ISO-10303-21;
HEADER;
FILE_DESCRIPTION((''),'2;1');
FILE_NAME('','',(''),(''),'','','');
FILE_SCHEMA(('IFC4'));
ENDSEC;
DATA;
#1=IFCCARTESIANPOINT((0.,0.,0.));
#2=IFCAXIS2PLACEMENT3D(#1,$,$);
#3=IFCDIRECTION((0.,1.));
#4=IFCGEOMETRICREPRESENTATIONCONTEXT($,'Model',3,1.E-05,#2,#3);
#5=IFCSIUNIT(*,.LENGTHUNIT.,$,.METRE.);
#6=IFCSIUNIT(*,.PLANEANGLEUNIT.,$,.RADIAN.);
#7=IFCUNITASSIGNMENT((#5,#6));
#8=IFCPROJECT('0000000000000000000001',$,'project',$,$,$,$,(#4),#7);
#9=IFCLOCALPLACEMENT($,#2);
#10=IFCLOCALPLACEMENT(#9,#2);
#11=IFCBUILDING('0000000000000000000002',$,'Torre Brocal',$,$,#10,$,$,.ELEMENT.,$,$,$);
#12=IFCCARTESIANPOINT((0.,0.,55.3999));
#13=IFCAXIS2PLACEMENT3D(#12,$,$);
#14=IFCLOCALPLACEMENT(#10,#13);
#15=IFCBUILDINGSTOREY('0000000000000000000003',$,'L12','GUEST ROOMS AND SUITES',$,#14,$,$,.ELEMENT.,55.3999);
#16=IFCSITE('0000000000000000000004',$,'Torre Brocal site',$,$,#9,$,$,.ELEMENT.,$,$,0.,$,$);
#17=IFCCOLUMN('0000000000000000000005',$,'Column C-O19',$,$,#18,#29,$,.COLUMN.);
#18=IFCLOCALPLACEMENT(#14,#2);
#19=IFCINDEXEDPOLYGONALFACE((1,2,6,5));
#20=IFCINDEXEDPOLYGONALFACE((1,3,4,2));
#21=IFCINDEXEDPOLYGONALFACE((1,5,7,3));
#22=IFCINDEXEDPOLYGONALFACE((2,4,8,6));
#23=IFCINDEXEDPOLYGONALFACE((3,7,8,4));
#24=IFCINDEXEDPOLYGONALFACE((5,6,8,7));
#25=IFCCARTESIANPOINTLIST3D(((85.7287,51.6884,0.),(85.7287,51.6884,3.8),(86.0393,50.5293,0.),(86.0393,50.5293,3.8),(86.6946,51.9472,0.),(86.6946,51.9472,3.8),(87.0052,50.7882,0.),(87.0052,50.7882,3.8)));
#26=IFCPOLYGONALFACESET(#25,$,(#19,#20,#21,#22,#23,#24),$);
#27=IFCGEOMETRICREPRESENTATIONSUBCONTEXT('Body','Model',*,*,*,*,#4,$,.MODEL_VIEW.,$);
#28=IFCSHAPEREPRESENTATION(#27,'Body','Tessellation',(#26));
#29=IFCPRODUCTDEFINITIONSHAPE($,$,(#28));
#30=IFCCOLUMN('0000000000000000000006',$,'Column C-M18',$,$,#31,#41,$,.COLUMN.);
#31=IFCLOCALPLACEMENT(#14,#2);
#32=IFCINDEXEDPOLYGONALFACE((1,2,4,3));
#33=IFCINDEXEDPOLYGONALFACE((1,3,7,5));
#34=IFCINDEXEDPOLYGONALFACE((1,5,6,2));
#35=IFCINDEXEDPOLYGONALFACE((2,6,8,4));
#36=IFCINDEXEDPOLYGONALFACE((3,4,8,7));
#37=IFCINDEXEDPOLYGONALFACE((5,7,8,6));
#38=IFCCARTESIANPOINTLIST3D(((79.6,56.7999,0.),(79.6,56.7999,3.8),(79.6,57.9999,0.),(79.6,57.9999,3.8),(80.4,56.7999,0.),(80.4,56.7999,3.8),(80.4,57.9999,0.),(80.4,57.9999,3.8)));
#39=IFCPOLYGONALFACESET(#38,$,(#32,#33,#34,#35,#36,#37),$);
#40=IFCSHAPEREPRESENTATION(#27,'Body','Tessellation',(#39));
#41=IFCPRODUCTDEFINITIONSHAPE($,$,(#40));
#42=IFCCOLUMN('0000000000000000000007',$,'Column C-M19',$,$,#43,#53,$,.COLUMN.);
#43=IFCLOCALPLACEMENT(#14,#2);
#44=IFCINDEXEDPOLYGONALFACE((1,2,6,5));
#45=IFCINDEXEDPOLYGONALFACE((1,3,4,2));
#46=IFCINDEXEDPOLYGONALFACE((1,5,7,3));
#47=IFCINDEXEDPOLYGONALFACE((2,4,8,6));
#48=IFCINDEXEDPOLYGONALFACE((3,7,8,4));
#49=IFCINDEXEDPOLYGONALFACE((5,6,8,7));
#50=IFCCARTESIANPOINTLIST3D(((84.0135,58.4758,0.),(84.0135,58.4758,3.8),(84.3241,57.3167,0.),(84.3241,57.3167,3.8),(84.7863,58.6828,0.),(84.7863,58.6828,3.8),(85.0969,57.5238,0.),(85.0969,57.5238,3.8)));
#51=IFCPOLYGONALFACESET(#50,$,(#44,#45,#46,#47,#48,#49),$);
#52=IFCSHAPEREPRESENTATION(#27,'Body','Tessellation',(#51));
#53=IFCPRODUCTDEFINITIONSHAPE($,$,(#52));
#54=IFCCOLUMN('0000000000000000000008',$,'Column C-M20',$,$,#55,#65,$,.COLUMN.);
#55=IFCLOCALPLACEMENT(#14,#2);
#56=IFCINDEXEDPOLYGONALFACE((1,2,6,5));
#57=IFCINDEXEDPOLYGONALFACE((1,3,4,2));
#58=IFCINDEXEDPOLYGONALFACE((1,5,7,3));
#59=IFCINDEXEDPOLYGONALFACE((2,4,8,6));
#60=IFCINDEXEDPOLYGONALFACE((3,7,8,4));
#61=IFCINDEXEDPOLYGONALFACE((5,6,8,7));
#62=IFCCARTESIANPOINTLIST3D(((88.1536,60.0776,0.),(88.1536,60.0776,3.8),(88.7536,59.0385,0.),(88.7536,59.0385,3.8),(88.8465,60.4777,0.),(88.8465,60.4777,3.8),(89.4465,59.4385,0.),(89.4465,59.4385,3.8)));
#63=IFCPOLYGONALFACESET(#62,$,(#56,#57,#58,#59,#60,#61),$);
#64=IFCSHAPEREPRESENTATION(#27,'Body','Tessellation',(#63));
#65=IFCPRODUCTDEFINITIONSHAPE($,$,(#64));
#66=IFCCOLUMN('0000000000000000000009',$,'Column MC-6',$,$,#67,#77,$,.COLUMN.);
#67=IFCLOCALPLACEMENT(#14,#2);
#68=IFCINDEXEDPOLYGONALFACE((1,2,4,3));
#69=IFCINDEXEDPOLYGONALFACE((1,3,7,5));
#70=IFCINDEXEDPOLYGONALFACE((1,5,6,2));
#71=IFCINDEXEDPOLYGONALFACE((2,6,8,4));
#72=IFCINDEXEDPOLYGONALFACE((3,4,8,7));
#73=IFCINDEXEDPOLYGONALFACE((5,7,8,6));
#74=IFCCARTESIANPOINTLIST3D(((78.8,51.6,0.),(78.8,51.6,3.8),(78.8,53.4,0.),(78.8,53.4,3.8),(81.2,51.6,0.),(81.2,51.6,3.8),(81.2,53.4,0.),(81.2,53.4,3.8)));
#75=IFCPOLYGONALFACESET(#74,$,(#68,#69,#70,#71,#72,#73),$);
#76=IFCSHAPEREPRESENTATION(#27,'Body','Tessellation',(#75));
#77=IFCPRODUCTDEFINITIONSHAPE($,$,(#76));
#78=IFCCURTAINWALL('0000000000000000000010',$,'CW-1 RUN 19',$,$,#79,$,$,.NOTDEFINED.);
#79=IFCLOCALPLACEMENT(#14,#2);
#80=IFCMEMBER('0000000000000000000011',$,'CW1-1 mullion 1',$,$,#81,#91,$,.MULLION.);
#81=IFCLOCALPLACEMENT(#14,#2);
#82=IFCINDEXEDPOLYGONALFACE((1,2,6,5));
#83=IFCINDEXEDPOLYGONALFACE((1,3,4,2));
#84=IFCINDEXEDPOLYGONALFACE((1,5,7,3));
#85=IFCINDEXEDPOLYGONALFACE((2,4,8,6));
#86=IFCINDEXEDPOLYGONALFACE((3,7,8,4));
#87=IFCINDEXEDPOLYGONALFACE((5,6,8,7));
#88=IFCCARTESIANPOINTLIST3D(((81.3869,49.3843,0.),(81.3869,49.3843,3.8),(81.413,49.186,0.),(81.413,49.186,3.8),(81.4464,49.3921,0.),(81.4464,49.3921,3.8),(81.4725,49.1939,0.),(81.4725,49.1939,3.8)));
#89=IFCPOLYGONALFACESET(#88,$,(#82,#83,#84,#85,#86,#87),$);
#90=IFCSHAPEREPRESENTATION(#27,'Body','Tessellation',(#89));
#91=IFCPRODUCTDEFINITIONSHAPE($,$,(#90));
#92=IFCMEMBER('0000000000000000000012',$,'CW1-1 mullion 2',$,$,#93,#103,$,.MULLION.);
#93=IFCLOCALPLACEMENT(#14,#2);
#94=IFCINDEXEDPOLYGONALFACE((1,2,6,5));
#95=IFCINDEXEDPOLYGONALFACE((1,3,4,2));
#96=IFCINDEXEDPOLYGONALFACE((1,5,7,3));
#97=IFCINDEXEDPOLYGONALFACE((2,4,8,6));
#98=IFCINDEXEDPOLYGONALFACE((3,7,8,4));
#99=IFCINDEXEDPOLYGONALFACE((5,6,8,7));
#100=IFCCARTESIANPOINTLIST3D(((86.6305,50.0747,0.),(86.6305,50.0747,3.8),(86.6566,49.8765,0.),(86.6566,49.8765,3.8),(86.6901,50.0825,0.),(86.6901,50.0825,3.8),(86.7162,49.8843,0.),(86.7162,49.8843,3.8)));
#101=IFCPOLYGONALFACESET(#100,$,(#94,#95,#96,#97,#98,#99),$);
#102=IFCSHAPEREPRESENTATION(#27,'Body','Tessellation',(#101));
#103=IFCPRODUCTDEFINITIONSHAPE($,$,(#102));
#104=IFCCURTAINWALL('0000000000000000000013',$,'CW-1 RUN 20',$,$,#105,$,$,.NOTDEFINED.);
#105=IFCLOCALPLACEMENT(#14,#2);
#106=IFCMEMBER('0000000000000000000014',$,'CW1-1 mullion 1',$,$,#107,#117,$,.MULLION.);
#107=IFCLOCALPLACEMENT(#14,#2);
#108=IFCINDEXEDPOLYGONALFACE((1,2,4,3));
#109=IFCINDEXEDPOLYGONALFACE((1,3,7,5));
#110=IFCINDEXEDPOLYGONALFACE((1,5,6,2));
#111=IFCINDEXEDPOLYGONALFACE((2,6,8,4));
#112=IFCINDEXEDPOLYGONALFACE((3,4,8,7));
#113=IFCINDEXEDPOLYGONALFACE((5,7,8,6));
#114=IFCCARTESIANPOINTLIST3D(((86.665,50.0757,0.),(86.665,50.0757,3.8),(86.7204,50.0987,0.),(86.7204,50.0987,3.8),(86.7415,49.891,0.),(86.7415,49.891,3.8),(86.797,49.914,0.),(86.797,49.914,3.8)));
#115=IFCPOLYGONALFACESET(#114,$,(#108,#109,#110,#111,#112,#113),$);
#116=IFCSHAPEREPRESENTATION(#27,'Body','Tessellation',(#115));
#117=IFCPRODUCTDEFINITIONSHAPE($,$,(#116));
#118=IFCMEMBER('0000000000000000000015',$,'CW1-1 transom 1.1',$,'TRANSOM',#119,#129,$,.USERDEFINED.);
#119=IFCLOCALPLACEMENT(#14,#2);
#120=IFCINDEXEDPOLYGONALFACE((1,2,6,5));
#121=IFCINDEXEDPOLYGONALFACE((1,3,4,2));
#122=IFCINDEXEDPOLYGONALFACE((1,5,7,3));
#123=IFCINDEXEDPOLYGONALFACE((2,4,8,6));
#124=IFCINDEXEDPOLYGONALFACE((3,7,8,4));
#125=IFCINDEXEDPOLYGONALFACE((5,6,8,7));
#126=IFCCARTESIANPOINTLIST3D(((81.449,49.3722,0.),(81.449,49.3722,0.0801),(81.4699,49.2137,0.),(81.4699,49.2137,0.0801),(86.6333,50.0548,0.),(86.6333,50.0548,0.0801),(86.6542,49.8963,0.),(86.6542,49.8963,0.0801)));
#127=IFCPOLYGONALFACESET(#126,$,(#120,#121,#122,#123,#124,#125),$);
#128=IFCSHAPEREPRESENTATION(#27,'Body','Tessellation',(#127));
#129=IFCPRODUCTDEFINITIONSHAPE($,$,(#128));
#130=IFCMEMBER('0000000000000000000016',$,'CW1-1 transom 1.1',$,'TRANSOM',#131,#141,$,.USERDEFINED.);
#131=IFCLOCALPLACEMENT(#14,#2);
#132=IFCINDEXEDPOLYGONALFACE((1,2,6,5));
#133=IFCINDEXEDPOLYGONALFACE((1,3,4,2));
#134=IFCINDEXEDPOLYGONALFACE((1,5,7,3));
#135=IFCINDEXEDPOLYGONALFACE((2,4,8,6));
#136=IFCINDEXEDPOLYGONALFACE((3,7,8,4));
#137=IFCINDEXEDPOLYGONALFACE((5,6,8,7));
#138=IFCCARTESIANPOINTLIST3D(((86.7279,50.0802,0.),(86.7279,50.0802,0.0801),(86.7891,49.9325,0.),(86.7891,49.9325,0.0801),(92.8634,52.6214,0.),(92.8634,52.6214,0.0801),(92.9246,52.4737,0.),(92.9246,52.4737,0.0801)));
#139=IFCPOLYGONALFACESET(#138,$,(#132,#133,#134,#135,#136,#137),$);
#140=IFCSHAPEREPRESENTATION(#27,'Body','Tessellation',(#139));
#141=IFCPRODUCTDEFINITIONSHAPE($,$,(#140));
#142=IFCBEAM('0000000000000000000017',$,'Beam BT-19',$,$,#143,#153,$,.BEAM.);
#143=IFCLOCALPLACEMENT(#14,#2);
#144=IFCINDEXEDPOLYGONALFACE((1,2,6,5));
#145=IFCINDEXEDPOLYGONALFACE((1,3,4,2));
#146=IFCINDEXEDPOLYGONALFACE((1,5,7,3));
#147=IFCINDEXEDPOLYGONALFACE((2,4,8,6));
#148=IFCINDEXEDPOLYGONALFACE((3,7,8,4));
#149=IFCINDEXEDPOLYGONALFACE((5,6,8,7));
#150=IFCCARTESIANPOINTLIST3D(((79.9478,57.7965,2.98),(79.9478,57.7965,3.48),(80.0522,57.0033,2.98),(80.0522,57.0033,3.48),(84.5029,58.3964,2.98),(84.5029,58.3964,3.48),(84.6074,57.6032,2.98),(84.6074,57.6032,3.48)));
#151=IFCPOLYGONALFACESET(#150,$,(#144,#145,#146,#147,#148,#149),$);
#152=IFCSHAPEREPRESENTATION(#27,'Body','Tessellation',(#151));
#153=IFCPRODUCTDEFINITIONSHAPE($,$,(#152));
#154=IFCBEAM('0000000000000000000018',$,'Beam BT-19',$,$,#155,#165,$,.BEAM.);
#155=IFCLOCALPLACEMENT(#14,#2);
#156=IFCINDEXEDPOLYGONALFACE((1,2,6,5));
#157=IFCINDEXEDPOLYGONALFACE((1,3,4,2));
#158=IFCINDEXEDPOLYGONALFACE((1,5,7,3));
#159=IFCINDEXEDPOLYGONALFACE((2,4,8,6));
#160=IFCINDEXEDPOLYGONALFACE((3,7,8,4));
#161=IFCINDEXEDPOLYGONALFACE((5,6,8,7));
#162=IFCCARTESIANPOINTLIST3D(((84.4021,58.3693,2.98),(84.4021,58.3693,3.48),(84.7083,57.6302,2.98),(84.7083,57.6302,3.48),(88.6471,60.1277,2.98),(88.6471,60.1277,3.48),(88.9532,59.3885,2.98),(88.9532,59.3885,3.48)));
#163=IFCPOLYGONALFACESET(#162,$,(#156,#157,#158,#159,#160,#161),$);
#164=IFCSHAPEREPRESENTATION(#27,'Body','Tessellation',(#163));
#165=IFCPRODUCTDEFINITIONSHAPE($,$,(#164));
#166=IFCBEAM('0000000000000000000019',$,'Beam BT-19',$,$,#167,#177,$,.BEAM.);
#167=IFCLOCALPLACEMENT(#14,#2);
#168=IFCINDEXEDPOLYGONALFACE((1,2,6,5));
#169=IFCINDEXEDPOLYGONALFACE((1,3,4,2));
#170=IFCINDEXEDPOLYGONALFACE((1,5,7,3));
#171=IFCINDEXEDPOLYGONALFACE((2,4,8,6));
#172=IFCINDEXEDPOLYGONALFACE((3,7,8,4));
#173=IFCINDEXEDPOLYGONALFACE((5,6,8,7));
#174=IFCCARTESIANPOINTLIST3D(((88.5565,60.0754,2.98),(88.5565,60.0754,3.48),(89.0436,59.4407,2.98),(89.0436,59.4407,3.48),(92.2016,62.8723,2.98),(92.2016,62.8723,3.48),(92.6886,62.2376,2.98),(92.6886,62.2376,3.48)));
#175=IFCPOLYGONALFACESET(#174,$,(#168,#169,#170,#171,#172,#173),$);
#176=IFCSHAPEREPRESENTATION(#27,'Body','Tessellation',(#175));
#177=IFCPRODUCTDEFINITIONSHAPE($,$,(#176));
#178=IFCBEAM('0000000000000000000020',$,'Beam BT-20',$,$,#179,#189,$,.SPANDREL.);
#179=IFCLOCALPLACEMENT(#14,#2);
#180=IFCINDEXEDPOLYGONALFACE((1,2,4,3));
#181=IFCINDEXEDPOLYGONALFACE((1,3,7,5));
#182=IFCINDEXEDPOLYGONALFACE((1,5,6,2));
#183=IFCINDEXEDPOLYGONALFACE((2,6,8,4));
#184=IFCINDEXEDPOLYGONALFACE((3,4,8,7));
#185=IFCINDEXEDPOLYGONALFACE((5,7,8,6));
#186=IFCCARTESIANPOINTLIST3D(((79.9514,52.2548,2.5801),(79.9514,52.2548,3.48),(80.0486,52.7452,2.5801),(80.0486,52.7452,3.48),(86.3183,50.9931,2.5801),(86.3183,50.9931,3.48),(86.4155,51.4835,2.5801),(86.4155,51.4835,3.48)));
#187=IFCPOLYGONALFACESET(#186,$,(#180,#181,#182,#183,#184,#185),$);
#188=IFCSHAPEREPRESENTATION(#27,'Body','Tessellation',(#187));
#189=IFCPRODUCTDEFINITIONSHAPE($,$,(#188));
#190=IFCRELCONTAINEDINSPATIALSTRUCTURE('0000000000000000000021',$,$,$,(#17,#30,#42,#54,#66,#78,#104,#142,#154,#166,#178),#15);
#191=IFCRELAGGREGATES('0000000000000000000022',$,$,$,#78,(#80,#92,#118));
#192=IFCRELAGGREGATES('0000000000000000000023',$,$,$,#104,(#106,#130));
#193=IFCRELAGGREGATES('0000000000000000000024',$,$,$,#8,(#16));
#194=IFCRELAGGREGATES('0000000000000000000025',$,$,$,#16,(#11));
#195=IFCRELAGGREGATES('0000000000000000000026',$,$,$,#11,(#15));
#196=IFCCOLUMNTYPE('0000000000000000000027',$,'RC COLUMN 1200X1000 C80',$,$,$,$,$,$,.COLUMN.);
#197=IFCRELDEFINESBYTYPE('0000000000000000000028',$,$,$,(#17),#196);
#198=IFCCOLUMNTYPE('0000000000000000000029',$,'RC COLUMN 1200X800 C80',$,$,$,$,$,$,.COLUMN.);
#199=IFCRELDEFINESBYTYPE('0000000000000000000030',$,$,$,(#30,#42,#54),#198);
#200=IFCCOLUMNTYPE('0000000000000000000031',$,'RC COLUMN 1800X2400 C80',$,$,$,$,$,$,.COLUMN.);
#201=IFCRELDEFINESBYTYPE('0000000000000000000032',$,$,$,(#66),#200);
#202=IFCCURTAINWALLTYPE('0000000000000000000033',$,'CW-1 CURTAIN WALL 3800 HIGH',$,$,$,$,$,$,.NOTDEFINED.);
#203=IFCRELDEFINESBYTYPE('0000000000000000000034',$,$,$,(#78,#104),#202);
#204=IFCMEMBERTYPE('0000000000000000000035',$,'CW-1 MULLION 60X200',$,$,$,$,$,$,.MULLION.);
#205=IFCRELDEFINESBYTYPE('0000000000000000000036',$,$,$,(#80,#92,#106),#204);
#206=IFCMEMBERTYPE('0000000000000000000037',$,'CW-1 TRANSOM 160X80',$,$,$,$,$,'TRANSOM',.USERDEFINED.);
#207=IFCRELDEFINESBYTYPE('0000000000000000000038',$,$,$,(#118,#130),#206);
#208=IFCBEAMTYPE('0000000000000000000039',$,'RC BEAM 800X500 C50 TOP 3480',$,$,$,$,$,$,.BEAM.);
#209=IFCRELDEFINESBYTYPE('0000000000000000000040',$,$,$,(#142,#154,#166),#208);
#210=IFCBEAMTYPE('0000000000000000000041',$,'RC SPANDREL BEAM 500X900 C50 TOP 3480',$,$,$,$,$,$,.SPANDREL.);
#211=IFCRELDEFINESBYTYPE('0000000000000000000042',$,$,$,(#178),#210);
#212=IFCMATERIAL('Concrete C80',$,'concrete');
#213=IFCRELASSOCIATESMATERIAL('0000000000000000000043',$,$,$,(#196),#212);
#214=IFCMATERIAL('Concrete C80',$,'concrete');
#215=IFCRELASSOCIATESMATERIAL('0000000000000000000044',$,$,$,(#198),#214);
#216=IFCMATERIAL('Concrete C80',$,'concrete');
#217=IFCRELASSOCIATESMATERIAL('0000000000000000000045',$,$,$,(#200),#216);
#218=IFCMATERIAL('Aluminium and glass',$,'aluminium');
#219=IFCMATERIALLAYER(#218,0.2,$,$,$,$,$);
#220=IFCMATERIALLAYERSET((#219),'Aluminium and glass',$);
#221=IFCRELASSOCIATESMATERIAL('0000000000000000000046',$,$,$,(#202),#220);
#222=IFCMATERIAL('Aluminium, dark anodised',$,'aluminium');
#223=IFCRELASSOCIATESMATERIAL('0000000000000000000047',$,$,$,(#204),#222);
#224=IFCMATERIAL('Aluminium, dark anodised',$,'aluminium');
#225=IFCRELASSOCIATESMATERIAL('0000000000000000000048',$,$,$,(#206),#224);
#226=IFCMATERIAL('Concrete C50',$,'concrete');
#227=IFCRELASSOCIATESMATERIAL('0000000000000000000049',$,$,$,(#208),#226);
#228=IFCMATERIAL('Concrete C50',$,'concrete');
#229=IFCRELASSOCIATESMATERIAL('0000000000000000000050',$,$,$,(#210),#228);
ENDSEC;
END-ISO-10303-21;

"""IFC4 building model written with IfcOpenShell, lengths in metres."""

from ifc_helpers import new_model, si_unit, direction, frame, origin, origin_2d, place, context, subcontext, project, spatial, rectangle, extrude, material, layer, layer_set, material_profile, profile_set, type_object, element, aggregate, save


model = new_model("IFC4")

# Units and contexts
model_context = context("Model", 3, precision=1e-05, world=origin(), true_north=direction((0.0, 1.0)))
body_context = subcontext(model_context, "Body", "Model", "MODEL_VIEW")
ifc_project = project(units=[si_unit("LENGTHUNIT", "METRE"), si_unit("PLANEANGLEUNIT", "RADIAN")], contexts=[model_context])

# Site, building, storey
site_placement = place(None, origin())
site = spatial("IfcSite", under=ifc_project, at=site_placement, Name="Torre Brocal site", CompositionType="ELEMENT", RefElevation=0.0)
building_placement = place(site_placement, origin())
building = spatial("IfcBuilding", under=site, at=building_placement, Name="Torre Brocal", CompositionType="ELEMENT")
storey_placement = place(building_placement, frame((0.0, 0.0, 55.3999)))
storey = spatial("IfcBuildingStorey", under=building, at=storey_placement, Name="L12", Description="GUEST ROOMS AND SUITES", CompositionType="ELEMENT", Elevation=55.3999)

# Columns
ifc_material_1 = material(Name="Concrete C80", Category="concrete")
ifc_material_profile_1 = material_profile(ifc_material_1, rectangle(XDim=1.2, YDim=1.0, at=origin_2d()), Name="RC 1200X1000")
ifc_profile_set_1 = profile_set([ifc_material_profile_1], Name="Concrete C80")
column_type_1 = type_object("IfcColumnType", Name="RC COLUMN 1200X1000 C80", PredefinedType="COLUMN", material=ifc_profile_set_1)
column_1_placement = place(storey_placement, frame((86.3669, 51.2383, 0.0), z_axis=(0.0, 0.0, 1.0), x_axis=(0.258819, -0.965926, 0.0)))
element("IfcColumn", 1, at=column_1_placement, inside=storey, type_object=column_type_1, Name="Column C-O19", PredefinedType="COLUMN", context=body_context, shape_type="SweptSolid", body=[
    extrude(rectangle(XDim=1.2, YDim=1.0, at=origin_2d()), origin(), (0.0, 0.0, 1.0), 3.8),
])
ifc_material_2 = material(Name="Concrete C80", Category="concrete")
ifc_material_profile_2 = material_profile(ifc_material_2, rectangle(XDim=1.2, YDim=0.8, at=origin_2d()), Name="RC 1200X800")
ifc_profile_set_2 = profile_set([ifc_material_profile_2], Name="Concrete C80")
column_type_2 = type_object("IfcColumnType", Name="RC COLUMN 1200X800 C80", PredefinedType="COLUMN", material=ifc_profile_set_2)
for number, where, z_axis, x_axis, name in (
    (2, (80.0, 57.3999, 0.0), (0.0, 0.0, 1.0), (0.0, -1.0, 0.0), "Column C-M18"),
    (3, (84.5552, 57.9998, 0.0), (0.0, 0.0, 1.0), (0.258819, -0.965926, 0.0), "Column C-M19"),
    (4, (88.8, 59.7581, 0.0), (0.0, 0.0, 1.0), (0.5, -0.866025, 0.0), "Column C-M20"),
):
    element("IfcColumn", number, at=place(storey_placement, frame(where, z_axis=z_axis, x_axis=x_axis)), inside=storey, type_object=column_type_2, Name=name, PredefinedType="COLUMN", context=body_context, shape_type="SweptSolid", body=[
        extrude(rectangle(XDim=1.2, YDim=0.8, at=origin_2d()), origin(), (0.0, 0.0, 1.0), 3.8),
    ])
ifc_material_3 = material(Name="Concrete C80", Category="concrete")
ifc_material_profile_3 = material_profile(ifc_material_3, rectangle(XDim=1.8, YDim=2.3999, at=origin_2d()), Name="RC 1800X2400")
ifc_profile_set_3 = profile_set([ifc_material_profile_3], Name="Concrete C80")
column_type_3 = type_object("IfcColumnType", Name="RC COLUMN 1800X2400 C80", PredefinedType="COLUMN", material=ifc_profile_set_3)
column_2_placement = place(storey_placement, frame((80.0, 52.5, 0.0), z_axis=(0.0, 0.0, 1.0), x_axis=(0.0, -1.0, 0.0)))
element("IfcColumn", 5, at=column_2_placement, inside=storey, type_object=column_type_3, Name="Column MC-6", PredefinedType="COLUMN", context=body_context, shape_type="SweptSolid", body=[
    extrude(rectangle(XDim=1.8, YDim=2.3999, at=origin_2d()), origin(), (0.0, 0.0, 1.0), 3.8),
])

# Curtain wall, members
ifc_material_4 = material(Name="Aluminium and glass", Category="aluminium")
ifc_layer_1 = layer(ifc_material_4, 0.2)
ifc_layer_set_1 = layer_set([ifc_layer_1], Name="Aluminium and glass")
curtain_wall_type = type_object("IfcCurtainWallType", Name="CW-1 CURTAIN WALL 3800 HIGH", PredefinedType="NOTDEFINED", material=ifc_layer_set_1)
curtain_wall_1_placement = place(storey_placement, origin())
curtain_wall_1 = element("IfcCurtainWall", 6, at=curtain_wall_1_placement, inside=storey, type_object=curtain_wall_type, Name="CW-1 RUN 19", PredefinedType="NOTDEFINED")
ifc_material_5 = material(Name="Aluminium, dark anodised", Category="aluminium")
ifc_material_profile_4 = material_profile(ifc_material_5, rectangle(XDim=0.2, YDim=0.0601, at=origin_2d()), Name="CW-1 MULLION 60X200")
ifc_profile_set_4 = profile_set([ifc_material_profile_4], Name="Aluminium, dark anodised")
member_type_1 = type_object("IfcMemberType", Name="CW-1 MULLION 60X200", PredefinedType="MULLION", material=ifc_profile_set_4)
member_1_placement = place(storey_placement, frame((81.4297, 49.2891, 0.0), z_axis=(0.0, 0.0, 1.0), x_axis=(-0.130526, 0.991445, 0.0)))
member_1 = element("IfcMember", 7, at=member_1_placement, type_object=member_type_1, Name="CW1-1 mullion 1", PredefinedType="MULLION", context=body_context, shape_type="SweptSolid", body=[
    extrude(rectangle(XDim=0.2, YDim=0.0601, at=origin_2d()), origin(), (0.0, 0.0, 1.0), 3.8),
])
member_2_placement = place(storey_placement, frame((86.6733, 49.9795, 0.0), z_axis=(0.0, 0.0, 1.0), x_axis=(-0.130526, 0.991445, 0.0)))
member_2 = element("IfcMember", 8, at=member_2_placement, type_object=member_type_1, Name="CW1-1 mullion 2", PredefinedType="MULLION", context=body_context, shape_type="SweptSolid", body=[
    extrude(rectangle(XDim=0.2, YDim=0.0601, at=origin_2d()), origin(), (0.0, 0.0, 1.0), 3.8),
])

# Curtain wall, member
curtain_wall_2_placement = place(storey_placement, origin())
curtain_wall_2 = element("IfcCurtainWall", 9, at=curtain_wall_2_placement, inside=storey, type_object=curtain_wall_type, Name="CW-1 RUN 20", PredefinedType="NOTDEFINED")
member_3_placement = place(storey_placement, frame((86.731, 49.9949, 0.0), z_axis=(0.0, 0.0, 1.0), x_axis=(-0.382683, 0.92388, 0.0)))
member_3 = element("IfcMember", 10, at=member_3_placement, type_object=member_type_1, Name="CW1-1 mullion 1", PredefinedType="MULLION", context=body_context, shape_type="SweptSolid", body=[
    extrude(rectangle(XDim=0.2, YDim=0.0601, at=origin_2d()), origin(), (0.0, 0.0, 1.0), 3.8),
])

# Members
ifc_material_6 = material(Name="Aluminium, dark anodised", Category="aluminium")
ifc_material_profile_5 = material_profile(ifc_material_6, rectangle(XDim=0.1599, YDim=0.0801, at=origin_2d()), Name="CW-1 TRANSOM 160X80")
ifc_profile_set_5 = profile_set([ifc_material_profile_5], Name="Aluminium, dark anodised")
member_type_2 = type_object("IfcMemberType", Name="CW-1 TRANSOM 160X80", ElementType="TRANSOM", PredefinedType="USERDEFINED", material=ifc_profile_set_5)
member_4_placement = place(storey_placement, frame((81.4595, 49.293, 0.04), z_axis=(0.991443, 0.130543, 0.0), x_axis=(-0.130543, 0.991443, 0.0)))
member_4 = element("IfcMember", 11, at=member_4_placement, type_object=member_type_2, Name="CW1-1 transom 1.1", ObjectType="TRANSOM", PredefinedType="USERDEFINED", context=body_context, shape_type="SweptSolid", body=[
    extrude(rectangle(XDim=0.1599, YDim=0.0801, at=origin_2d()), origin(), (0.0, 0.0, 1.0), 5.229),
])
member_5_placement = place(storey_placement, frame((86.7585, 50.0063, 0.04), z_axis=(0.923887, 0.382665, 0.0), x_axis=(-0.382665, 0.923887, 0.0)))
member_5 = element("IfcMember", 12, at=member_5_placement, type_object=member_type_2, Name="CW1-1 transom 1.1", ObjectType="TRANSOM", PredefinedType="USERDEFINED", context=body_context, shape_type="SweptSolid", body=[
    extrude(rectangle(XDim=0.1599, YDim=0.0801, at=origin_2d()), origin(), (0.0, 0.0, 1.0), 6.6409),
])

# Beams
ifc_material_7 = material(Name="Concrete C50", Category="concrete")
ifc_material_profile_6 = material_profile(ifc_material_7, rectangle(XDim=0.8, YDim=0.5, at=origin_2d()), Name="RC 800X500")
ifc_profile_set_6 = profile_set([ifc_material_profile_6], Name="Concrete C50")
beam_type_1 = type_object("IfcBeamType", Name="RC BEAM 800X500 C50 TOP 3480", PredefinedType="BEAM", material=ifc_profile_set_6)
beam_1_placement = place(storey_placement, frame((80.0, 57.3999, 3.23), z_axis=(0.991441, 0.130559, 0.0), x_axis=(-0.130559, 0.991441, 0.0)))
element("IfcBeam", 13, at=beam_1_placement, inside=storey, type_object=beam_type_1, Name="Beam BT-19", PredefinedType="BEAM", context=body_context, shape_type="SweptSolid", body=[
    extrude(rectangle(XDim=0.8, YDim=0.5, at=origin_2d()), origin(), (0.0, 0.0, 1.0), 4.5945),
])
beam_2_placement = place(storey_placement, frame((84.5552, 57.9998, 3.23), z_axis=(0.923878, 0.382687, 0.0), x_axis=(-0.382687, 0.923878, 0.0)))
element("IfcBeam", 14, at=beam_2_placement, inside=storey, type_object=beam_type_1, Name="Beam BT-19", PredefinedType="BEAM", context=body_context, shape_type="SweptSolid", body=[
    extrude(rectangle(XDim=0.8, YDim=0.5, at=origin_2d()), origin(), (0.0, 0.0, 1.0), 4.5947),
])
beam_3_placement = place(storey_placement, frame((88.8, 59.7581, 3.23), z_axis=(0.793358, 0.608755, 0.0), x_axis=(-0.608755, 0.793358, 0.0)))
element("IfcBeam", 15, at=beam_3_placement, inside=storey, type_object=beam_type_1, Name="Beam BT-19", PredefinedType="BEAM", context=body_context, shape_type="SweptSolid", body=[
    extrude(rectangle(XDim=0.8, YDim=0.5, at=origin_2d()), origin(), (0.0, 0.0, 1.0), 4.5945),
])
ifc_material_8 = material(Name="Concrete C50", Category="concrete")
ifc_material_profile_7 = material_profile(ifc_material_8, rectangle(XDim=0.5, YDim=0.8999, at=origin_2d()), Name="RC 500X900")
ifc_profile_set_7 = profile_set([ifc_material_profile_7], Name="Concrete C50")
beam_type_2 = type_object("IfcBeamType", Name="RC SPANDREL BEAM 500X900 C50 TOP 3480", PredefinedType="SPANDREL", material=ifc_profile_set_7)
beam_4_placement = place(storey_placement, frame((80.0, 52.5, 3.03), z_axis=(0.980925, -0.194387, 0.0), x_axis=(0.194387, 0.980925, 0.0)))
element("IfcBeam", 16, at=beam_4_placement, inside=storey, type_object=beam_type_2, Name="Beam BT-20", PredefinedType="SPANDREL", context=body_context, shape_type="SweptSolid", body=[
    extrude(rectangle(XDim=0.5, YDim=0.8999, at=origin_2d()), origin(), (0.0, 0.0, 1.0), 6.4907),
])

aggregate(curtain_wall_1, [member_1, member_2, member_4])
aggregate(curtain_wall_2, [member_3, member_5])

save(model, "model.ifc")
